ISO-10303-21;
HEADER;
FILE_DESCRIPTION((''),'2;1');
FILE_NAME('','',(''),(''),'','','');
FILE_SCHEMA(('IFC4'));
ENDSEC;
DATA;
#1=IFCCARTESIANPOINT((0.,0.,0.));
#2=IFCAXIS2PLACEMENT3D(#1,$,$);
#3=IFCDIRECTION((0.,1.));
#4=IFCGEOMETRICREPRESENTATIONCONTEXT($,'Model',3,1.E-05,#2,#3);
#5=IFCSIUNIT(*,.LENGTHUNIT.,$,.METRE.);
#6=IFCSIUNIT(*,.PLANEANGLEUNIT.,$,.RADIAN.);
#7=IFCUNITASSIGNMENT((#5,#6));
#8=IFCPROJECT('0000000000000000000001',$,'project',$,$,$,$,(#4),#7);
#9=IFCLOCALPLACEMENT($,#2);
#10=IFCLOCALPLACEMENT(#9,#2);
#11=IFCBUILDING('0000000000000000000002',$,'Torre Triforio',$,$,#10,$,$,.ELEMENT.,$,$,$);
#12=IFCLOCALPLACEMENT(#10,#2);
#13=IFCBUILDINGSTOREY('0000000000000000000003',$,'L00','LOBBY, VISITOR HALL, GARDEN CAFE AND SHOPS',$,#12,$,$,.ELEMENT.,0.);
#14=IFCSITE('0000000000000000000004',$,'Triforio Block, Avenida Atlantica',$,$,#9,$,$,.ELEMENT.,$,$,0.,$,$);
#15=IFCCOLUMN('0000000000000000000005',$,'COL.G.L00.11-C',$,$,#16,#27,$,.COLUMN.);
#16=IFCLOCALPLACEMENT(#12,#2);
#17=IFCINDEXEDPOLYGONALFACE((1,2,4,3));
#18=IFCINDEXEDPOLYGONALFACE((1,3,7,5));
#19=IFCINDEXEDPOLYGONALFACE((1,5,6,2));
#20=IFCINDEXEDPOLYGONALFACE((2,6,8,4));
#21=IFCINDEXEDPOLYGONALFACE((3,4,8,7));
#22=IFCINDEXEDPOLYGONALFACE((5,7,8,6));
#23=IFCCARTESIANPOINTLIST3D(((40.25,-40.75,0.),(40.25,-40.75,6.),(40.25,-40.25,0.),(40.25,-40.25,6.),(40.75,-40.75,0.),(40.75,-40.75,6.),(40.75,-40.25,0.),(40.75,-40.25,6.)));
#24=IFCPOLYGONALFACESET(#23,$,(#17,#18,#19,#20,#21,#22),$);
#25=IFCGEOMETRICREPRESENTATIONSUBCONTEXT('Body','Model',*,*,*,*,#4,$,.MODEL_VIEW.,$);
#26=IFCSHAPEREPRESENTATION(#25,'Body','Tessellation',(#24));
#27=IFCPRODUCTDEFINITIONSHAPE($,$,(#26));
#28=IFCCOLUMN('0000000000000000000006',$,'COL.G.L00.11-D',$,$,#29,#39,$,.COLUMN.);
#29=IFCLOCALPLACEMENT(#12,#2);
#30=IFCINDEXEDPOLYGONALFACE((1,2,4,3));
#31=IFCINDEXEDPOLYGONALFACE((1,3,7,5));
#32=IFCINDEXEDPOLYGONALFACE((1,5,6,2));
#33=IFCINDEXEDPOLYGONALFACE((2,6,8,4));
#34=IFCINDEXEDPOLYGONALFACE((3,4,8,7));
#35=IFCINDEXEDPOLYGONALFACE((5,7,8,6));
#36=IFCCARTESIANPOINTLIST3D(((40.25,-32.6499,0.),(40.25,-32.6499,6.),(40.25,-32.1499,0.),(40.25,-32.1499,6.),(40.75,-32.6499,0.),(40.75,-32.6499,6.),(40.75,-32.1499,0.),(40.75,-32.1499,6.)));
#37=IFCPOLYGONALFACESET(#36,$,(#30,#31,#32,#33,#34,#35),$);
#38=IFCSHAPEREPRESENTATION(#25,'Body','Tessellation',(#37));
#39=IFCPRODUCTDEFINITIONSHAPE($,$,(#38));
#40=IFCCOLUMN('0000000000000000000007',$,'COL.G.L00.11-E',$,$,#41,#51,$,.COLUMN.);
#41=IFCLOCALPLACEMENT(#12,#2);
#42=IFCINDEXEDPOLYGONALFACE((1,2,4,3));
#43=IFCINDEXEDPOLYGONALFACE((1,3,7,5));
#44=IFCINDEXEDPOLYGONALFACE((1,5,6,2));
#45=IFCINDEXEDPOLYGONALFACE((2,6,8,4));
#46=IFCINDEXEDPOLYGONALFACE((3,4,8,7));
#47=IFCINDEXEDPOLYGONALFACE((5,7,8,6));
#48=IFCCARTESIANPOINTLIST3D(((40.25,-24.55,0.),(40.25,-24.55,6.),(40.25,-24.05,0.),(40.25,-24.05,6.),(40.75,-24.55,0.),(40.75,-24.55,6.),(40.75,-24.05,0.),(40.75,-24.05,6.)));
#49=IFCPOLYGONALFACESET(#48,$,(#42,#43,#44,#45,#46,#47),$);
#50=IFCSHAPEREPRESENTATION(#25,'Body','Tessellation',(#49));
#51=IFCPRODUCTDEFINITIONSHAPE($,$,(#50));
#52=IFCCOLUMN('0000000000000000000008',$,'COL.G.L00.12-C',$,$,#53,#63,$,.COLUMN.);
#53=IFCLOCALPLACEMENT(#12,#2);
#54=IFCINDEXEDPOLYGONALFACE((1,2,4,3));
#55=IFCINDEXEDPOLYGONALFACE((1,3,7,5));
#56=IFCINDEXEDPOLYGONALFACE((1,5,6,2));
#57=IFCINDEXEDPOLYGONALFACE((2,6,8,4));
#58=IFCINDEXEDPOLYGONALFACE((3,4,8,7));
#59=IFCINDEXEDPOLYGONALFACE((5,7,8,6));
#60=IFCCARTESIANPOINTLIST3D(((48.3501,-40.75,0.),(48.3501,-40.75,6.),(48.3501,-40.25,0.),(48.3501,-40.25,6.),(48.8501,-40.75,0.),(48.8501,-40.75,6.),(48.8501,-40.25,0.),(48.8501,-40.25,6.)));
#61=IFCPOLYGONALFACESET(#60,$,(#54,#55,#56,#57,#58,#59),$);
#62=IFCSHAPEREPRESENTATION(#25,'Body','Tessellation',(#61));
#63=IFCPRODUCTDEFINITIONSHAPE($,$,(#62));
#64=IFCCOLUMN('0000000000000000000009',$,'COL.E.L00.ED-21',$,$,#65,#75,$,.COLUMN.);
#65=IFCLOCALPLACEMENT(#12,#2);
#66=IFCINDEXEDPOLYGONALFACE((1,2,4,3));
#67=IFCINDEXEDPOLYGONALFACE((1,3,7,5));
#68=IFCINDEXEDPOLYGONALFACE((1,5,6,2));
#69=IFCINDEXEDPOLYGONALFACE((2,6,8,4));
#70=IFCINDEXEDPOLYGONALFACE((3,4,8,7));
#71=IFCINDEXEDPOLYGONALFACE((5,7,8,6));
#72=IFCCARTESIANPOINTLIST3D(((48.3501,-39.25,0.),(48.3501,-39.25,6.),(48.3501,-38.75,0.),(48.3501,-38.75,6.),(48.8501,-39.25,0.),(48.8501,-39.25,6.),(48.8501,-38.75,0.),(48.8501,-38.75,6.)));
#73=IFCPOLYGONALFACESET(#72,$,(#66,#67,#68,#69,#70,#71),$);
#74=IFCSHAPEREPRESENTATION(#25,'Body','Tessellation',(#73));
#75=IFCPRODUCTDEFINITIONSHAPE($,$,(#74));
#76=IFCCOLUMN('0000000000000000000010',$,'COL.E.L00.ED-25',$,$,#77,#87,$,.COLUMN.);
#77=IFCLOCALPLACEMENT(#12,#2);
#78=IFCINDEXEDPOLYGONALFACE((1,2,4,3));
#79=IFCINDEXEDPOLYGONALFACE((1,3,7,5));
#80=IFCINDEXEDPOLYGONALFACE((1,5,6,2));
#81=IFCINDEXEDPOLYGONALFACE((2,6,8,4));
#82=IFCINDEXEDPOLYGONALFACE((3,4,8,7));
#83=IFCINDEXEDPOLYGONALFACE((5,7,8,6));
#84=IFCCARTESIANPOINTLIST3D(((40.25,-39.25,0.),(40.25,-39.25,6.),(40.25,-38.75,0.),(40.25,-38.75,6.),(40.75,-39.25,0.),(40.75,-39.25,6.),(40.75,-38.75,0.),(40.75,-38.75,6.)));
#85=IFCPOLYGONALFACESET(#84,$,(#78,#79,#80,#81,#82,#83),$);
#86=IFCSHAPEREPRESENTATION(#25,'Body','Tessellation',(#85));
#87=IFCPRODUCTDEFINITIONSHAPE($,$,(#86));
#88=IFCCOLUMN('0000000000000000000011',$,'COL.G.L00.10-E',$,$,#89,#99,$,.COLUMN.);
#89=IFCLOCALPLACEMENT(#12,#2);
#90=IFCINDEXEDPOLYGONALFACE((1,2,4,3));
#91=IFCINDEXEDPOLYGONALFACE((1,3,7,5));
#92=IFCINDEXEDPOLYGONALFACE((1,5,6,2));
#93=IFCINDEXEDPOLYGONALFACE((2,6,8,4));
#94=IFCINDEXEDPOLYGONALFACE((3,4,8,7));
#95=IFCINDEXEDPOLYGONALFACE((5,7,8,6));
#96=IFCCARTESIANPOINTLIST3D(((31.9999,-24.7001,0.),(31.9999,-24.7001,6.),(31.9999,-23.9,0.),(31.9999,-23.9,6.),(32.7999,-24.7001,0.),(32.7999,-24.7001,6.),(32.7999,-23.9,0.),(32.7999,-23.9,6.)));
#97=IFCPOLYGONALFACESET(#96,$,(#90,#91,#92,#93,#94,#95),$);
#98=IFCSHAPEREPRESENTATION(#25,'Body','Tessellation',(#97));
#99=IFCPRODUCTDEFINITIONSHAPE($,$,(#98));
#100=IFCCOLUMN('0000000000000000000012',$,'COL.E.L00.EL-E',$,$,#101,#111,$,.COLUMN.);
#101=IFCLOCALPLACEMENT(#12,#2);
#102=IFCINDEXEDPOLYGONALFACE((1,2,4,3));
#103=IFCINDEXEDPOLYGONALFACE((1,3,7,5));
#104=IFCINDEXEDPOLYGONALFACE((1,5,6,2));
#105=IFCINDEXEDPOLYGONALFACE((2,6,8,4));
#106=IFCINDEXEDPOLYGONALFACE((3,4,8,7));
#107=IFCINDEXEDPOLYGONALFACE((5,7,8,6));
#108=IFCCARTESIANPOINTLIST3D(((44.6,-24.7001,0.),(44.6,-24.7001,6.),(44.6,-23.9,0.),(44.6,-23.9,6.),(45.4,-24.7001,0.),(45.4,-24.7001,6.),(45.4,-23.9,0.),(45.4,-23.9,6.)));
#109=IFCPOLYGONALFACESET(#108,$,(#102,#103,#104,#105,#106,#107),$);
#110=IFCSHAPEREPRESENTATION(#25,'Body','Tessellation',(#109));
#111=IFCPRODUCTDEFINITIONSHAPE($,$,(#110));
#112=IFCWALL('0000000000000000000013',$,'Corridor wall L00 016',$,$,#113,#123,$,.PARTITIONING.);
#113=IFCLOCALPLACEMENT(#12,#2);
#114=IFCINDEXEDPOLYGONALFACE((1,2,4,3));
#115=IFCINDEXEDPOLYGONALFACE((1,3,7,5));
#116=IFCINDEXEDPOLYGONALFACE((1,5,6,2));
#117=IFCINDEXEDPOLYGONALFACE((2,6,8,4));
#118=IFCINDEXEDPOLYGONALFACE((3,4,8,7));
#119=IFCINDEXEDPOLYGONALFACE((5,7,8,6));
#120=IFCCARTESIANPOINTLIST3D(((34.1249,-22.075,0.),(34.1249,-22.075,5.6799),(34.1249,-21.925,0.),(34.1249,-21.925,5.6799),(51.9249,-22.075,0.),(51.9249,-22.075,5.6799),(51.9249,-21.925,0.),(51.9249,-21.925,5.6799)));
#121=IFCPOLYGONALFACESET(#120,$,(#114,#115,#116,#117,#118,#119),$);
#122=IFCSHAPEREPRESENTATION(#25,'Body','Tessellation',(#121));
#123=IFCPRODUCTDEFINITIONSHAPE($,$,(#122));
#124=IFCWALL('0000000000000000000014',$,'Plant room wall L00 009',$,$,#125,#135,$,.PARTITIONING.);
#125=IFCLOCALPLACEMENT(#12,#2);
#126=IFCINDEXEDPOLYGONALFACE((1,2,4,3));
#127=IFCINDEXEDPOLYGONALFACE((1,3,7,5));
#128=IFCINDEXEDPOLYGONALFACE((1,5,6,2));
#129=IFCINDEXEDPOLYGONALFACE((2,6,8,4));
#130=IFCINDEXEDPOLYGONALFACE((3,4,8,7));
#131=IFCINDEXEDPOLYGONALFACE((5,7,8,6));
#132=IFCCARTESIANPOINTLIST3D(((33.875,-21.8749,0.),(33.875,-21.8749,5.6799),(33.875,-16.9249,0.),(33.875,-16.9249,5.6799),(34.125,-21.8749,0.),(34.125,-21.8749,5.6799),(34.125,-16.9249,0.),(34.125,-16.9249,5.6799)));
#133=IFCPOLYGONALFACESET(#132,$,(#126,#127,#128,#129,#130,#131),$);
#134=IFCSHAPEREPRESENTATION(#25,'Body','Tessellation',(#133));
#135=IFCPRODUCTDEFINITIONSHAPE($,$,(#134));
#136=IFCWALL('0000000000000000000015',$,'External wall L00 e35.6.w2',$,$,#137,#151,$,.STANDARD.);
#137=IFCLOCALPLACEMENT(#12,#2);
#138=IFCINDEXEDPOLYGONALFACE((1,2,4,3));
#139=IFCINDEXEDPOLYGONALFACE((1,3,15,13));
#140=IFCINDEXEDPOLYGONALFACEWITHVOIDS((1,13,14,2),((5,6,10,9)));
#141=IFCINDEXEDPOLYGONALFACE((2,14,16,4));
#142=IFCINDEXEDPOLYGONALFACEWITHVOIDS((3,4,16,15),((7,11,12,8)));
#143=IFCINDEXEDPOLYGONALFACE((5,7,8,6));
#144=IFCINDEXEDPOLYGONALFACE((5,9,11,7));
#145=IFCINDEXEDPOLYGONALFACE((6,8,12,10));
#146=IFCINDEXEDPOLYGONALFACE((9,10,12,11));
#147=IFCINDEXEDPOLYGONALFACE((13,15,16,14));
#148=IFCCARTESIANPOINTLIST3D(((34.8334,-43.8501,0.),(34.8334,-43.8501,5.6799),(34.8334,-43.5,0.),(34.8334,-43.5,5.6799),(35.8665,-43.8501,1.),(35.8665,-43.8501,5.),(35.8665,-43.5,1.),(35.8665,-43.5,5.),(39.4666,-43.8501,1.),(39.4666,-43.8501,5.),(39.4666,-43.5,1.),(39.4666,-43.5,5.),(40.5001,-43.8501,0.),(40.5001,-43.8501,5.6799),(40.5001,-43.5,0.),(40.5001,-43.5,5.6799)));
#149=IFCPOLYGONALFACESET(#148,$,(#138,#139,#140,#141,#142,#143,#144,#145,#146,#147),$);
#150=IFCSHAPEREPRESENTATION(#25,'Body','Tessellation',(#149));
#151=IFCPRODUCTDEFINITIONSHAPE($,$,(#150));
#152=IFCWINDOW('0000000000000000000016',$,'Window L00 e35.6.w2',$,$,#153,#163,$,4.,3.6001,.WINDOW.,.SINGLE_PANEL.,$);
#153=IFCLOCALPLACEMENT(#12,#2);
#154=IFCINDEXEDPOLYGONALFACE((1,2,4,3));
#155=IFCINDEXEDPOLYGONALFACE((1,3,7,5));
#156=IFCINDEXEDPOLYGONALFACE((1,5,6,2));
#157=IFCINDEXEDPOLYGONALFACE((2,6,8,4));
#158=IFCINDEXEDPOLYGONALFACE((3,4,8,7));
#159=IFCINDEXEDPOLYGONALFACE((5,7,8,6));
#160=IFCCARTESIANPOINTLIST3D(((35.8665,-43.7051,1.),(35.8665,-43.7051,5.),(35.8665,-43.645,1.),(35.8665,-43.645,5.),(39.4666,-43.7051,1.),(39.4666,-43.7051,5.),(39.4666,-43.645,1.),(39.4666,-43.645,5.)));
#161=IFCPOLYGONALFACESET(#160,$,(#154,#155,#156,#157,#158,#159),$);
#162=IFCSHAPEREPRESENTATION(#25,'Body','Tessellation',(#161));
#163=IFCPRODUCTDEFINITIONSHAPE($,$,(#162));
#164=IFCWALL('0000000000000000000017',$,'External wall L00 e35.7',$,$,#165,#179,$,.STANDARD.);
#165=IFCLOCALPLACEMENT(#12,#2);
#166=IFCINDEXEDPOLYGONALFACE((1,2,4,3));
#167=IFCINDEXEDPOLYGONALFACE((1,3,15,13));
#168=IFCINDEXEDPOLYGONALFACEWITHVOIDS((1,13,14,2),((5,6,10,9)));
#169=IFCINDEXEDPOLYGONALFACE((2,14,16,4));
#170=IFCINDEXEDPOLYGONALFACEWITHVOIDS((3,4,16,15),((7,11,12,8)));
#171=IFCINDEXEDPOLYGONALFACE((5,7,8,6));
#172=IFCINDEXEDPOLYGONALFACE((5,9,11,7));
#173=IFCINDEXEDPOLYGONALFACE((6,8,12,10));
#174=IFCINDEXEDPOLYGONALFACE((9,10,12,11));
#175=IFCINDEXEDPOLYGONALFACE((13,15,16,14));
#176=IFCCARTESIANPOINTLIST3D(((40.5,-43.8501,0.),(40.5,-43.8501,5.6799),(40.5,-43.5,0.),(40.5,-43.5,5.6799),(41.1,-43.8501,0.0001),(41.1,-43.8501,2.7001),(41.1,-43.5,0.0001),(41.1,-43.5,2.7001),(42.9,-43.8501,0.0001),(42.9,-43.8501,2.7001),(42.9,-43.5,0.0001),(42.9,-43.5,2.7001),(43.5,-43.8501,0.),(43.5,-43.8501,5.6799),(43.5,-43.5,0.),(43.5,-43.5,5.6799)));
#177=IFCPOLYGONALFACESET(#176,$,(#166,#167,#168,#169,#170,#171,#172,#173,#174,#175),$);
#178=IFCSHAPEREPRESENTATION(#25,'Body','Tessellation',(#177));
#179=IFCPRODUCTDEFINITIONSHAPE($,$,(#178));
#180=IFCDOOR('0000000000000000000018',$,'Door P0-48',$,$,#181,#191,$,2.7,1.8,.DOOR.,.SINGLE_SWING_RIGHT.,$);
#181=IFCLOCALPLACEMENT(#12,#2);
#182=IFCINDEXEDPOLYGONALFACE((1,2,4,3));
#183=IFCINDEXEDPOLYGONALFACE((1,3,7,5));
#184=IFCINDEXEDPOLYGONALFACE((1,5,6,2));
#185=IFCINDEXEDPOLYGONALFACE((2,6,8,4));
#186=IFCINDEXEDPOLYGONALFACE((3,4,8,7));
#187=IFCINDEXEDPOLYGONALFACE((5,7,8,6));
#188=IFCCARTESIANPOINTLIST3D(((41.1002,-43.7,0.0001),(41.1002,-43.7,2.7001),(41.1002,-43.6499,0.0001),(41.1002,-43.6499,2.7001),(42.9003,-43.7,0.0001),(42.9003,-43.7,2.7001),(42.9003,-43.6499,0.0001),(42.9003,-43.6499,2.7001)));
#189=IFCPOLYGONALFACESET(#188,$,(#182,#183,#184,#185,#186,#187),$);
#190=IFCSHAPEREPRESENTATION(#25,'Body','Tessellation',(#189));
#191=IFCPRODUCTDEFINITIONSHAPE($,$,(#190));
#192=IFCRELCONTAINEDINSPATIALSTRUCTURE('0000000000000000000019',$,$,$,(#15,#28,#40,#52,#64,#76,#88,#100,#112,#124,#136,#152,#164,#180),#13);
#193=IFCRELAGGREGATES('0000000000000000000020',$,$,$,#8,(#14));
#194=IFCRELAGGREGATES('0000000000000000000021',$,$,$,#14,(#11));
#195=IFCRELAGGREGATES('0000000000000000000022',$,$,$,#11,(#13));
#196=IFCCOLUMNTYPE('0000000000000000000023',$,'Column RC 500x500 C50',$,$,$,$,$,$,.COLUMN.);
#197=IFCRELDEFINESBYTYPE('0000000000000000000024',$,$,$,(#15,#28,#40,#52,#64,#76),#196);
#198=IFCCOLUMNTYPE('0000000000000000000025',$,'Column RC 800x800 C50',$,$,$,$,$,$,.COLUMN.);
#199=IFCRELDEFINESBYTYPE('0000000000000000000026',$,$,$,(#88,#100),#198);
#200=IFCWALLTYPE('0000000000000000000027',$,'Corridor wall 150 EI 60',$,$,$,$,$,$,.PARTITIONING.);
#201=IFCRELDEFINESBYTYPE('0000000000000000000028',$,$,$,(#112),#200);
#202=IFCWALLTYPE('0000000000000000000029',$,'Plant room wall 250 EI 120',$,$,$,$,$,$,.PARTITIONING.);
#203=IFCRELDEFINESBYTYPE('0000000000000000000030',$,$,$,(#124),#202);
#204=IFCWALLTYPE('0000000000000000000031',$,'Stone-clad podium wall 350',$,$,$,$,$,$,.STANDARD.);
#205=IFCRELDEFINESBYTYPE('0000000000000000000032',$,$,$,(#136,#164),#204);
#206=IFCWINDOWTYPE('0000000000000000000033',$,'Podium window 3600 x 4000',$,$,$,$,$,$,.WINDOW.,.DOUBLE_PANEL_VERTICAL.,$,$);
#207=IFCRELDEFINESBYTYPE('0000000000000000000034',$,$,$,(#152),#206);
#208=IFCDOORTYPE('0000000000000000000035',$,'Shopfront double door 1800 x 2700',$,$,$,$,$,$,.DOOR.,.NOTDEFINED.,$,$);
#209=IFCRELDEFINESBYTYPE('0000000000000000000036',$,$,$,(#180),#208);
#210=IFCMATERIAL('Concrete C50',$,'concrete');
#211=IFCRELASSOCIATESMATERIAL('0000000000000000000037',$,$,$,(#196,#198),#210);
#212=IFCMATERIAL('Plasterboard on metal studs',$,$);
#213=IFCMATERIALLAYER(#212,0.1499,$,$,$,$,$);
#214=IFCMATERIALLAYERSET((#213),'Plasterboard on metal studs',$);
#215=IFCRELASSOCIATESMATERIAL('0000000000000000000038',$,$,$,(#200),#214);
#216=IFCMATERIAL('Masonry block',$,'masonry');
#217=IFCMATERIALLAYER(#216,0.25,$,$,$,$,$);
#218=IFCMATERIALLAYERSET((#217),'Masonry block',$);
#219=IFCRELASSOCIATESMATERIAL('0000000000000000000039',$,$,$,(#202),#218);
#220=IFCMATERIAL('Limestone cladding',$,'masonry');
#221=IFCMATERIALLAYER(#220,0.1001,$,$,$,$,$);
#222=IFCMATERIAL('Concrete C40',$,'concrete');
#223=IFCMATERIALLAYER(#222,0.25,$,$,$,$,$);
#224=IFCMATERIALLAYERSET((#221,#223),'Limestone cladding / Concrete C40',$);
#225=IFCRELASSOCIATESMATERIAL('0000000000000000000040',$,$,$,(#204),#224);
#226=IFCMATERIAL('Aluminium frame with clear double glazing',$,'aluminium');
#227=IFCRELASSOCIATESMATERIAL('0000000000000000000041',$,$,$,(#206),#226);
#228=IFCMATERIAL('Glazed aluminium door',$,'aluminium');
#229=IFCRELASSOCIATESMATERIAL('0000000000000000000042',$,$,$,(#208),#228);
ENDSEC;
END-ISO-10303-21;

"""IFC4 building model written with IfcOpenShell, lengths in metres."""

from ifc_helpers import new_model, si_unit, direction, frame, frame_2d, origin, origin_2d, place, context, subcontext, project, spatial, rectangle, extrude, material, layer, layer_set, material_profile, profile_set, type_object, element, fill, save


model = new_model("IFC4")

# Units and contexts
model_context = context("Model", 3, precision=1e-05, world=origin(), true_north=direction((0.0, 1.0)))
body_context = subcontext(model_context, "Body", "Model", "MODEL_VIEW")
ifc_project = project(units=[si_unit("LENGTHUNIT", "METRE"), si_unit("PLANEANGLEUNIT", "RADIAN")], contexts=[model_context])

# Site, building, storey
site_placement = place(None, origin())
site = spatial("IfcSite", under=ifc_project, at=site_placement, Name="Triforio Block, Avenida Atlantica", CompositionType="ELEMENT", RefElevation=0.0)
building_placement = place(site_placement, origin())
building = spatial("IfcBuilding", under=site, at=building_placement, Name="Torre Triforio", CompositionType="ELEMENT")
storey_placement = place(building_placement, origin())
storey = spatial("IfcBuildingStorey", under=building, at=storey_placement, Name="L00", Description="LOBBY, VISITOR HALL, GARDEN CAFE AND SHOPS", CompositionType="ELEMENT", Elevation=0.0)

# Columns
ifc_material_1 = material(Name="Concrete C50", Category="concrete")
ifc_material_profile_1 = material_profile(ifc_material_1, rectangle(XDim=0.5, YDim=0.5, at=origin_2d()), Name="RC 500x500")
ifc_profile_set_1 = profile_set([ifc_material_profile_1], Name="Concrete C50")
column_type_1 = type_object("IfcColumnType", Name="Column RC 500x500 C50", PredefinedType="COLUMN", material=ifc_profile_set_1)
for number, where, z_axis, x_axis, name in (
    (1, (40.5, -40.5, 0.0), (0.0, 0.0, 1.0), (1.0, 0.0, 0.0), "COL.G.L00.11-C"),
    (2, (40.5, -32.3999, 0.0), (0.0, 0.0, 1.0), (1.0, 0.0, 0.0), "COL.G.L00.11-D"),
    (3, (40.5, -24.3, 0.0), (0.0, 0.0, 1.0), (1.0, 0.0, 0.0), "COL.G.L00.11-E"),
    (4, (48.6001, -40.5, 0.0), (0.0, 0.0, 1.0), (1.0, 0.0, 0.0), "COL.G.L00.12-C"),
    (5, (48.6001, -39.0, 0.0), (0.0, 0.0, 1.0), (1.0, 0.0, 0.0), "COL.E.L00.ED-21"),
    (6, (40.5, -39.0, 0.0), (0.0, 0.0, 1.0), (1.0, 0.0, 0.0), "COL.E.L00.ED-25"),
):
    element("IfcColumn", number, at=place(storey_placement, frame(where, z_axis=z_axis, x_axis=x_axis)), inside=storey, type_object=column_type_1, Name=name, PredefinedType="COLUMN", context=body_context, shape_type="SweptSolid", body=[
        extrude(rectangle(XDim=0.5, YDim=0.5, at=origin_2d()), origin(), (0.0, 0.0, 1.0), 6.0),
    ])
ifc_material_profile_2 = material_profile(ifc_material_1, rectangle(XDim=0.8, YDim=0.8, at=origin_2d()), Name="RC 800x800")
ifc_profile_set_2 = profile_set([ifc_material_profile_2], Name="Concrete C50")
column_type_2 = type_object("IfcColumnType", Name="Column RC 800x800 C50", PredefinedType="COLUMN", material=ifc_profile_set_2)
for number, where, z_axis, x_axis, name in (
    (7, (32.3999, -24.3, 0.0), (0.0, 0.0, 1.0), (1.0, 0.0, 0.0), "COL.G.L00.10-E"),
    (8, (45.0, -24.3, 0.0), (0.0, 0.0, 1.0), (1.0, 0.0, 0.0), "COL.E.L00.EL-E"),
):
    element("IfcColumn", number, at=place(storey_placement, frame(where, z_axis=z_axis, x_axis=x_axis)), inside=storey, type_object=column_type_2, Name=name, PredefinedType="COLUMN", context=body_context, shape_type="SweptSolid", body=[
        extrude(rectangle(XDim=0.8, YDim=0.8, at=origin_2d()), origin(), (0.0, 0.0, 1.0), 6.0),
    ])

# Walls
ifc_material_2 = material(Name="Plasterboard on metal studs")
ifc_layer_1 = layer(ifc_material_2, 0.1499)
ifc_layer_set_1 = layer_set([ifc_layer_1], Name="Plasterboard on metal studs")
wall_type_1 = type_object("IfcWallType", Name="Corridor wall 150 EI 60", PredefinedType="PARTITIONING", material=ifc_layer_set_1)
wall_1_placement = place(storey_placement, frame((34.125, -22.0, 0.0), z_axis=(0.0, 0.0, 1.0), x_axis=(1.0, 0.0, 0.0)))
element("IfcWall", 9, at=wall_1_placement, inside=storey, type_object=wall_type_1, Name="Corridor wall L00 016", PredefinedType="PARTITIONING", context=body_context, shape_type="SweptSolid", body=[
    extrude(rectangle(XDim=17.8, YDim=0.1499, at=frame_2d((8.8999, 0.0))), origin(), (0.0, 0.0, 1.0), 5.6799),
])
ifc_material_3 = material(Name="Masonry block", Category="masonry")
ifc_layer_2 = layer(ifc_material_3, 0.25)
ifc_layer_set_2 = layer_set([ifc_layer_2], Name="Masonry block")
wall_type_2 = type_object("IfcWallType", Name="Plant room wall 250 EI 120", PredefinedType="PARTITIONING", material=ifc_layer_set_2)
wall_2_placement = place(storey_placement, frame((34.0, -21.875, 0.0), z_axis=(0.0, 0.0, 1.0), x_axis=(0.0, 1.0, 0.0)))
element("IfcWall", 10, at=wall_2_placement, inside=storey, type_object=wall_type_2, Name="Plant room wall L00 009", PredefinedType="PARTITIONING", context=body_context, shape_type="SweptSolid", body=[
    extrude(rectangle(XDim=4.95, YDim=0.25, at=frame_2d((2.4751, 0.0))), origin(), (0.0, 0.0, 1.0), 5.6799),
])

# Wall, opening, window
ifc_material_4 = material(Name="Limestone cladding", Category="masonry")
ifc_layer_3 = layer(ifc_material_4, 0.1001)
ifc_material_5 = material(Name="Concrete C40", Category="concrete")
ifc_layer_4 = layer(ifc_material_5, 0.25)
ifc_layer_set_3 = layer_set([ifc_layer_3, ifc_layer_4], Name="Limestone cladding / Concrete C40")
wall_type_3 = type_object("IfcWallType", Name="Stone-clad podium wall 350", PredefinedType="STANDARD", material=ifc_layer_set_3)
wall_3_placement = place(storey_placement, frame((34.8333, -43.675, 0.0), z_axis=(0.0, 0.0, 1.0), x_axis=(1.0, 0.0, 0.0)))
wall_3 = element("IfcWall", 11, at=wall_3_placement, inside=storey, type_object=wall_type_3, Name="External wall L00 e35.6.w2", PredefinedType="STANDARD", context=body_context, shape_type="SweptSolid", body=[
    extrude(rectangle(XDim=5.6667, YDim=0.3501, at=frame_2d((2.8335, 0.0))), origin(), (0.0, 0.0, 1.0), 5.6799),
])
opening_1_placement = place(wall_3_placement, frame((1.0332, 0.0, 1.0)))
opening_1 = element("IfcOpeningElement", 12, at=opening_1_placement, cuts=wall_3, PredefinedType="OPENING", context=body_context, shape_type="SweptSolid", body=[
    extrude(rectangle(XDim=3.6001, YDim=4.0, at=frame_2d((1.8, 2.0))), frame((0.0, 0.1851, 0.0), z_axis=(0.0, -1.0, 0.0), x_axis=(1.0, 0.0, 0.0)), (0.0, 0.0, 1.0), 0.3701),
])
ifc_material_6 = material(Name="Aluminium frame with clear double glazing", Category="aluminium")
window_type_1 = type_object("IfcWindowType", Name="Podium window 3600 x 4000", PartitioningType="DOUBLE_PANEL_VERTICAL", PredefinedType="WINDOW", material=ifc_material_6)
window_1_placement = place(opening_1_placement, origin())
window_1 = element("IfcWindow", 13, at=window_1_placement, inside=storey, type_object=window_type_1, Name="Window L00 e35.6.w2", OverallHeight=4.0, OverallWidth=3.6001, PartitioningType="SINGLE_PANEL", PredefinedType="WINDOW", context=body_context, shape_type="SweptSolid", body=[
    extrude(rectangle(XDim=3.6001, YDim=4.0, at=frame_2d((1.8, 2.0))), frame((0.0, 0.03, 0.0), z_axis=(0.0, -1.0, 0.0), x_axis=(1.0, 0.0, 0.0)), (0.0, 0.0, 1.0), 0.0601),
])
fill(opening_1, window_1)

# Wall, opening, door
wall_4_placement = place(storey_placement, frame((40.5, -43.675, 0.0), z_axis=(0.0, 0.0, 1.0), x_axis=(1.0, 0.0, 0.0)))
wall_4 = element("IfcWall", 14, at=wall_4_placement, inside=storey, type_object=wall_type_3, Name="External wall L00 e35.7", PredefinedType="STANDARD", context=body_context, shape_type="SweptSolid", body=[
    extrude(rectangle(XDim=3.0, YDim=0.3501, at=frame_2d((1.5, 0.0))), origin(), (0.0, 0.0, 1.0), 5.6799),
])
opening_2_placement = place(wall_4_placement, frame((0.6001, 0.0, 0.0)))
opening_2 = element("IfcOpeningElement", 15, at=opening_2_placement, cuts=wall_4, PredefinedType="OPENING", context=body_context, shape_type="SweptSolid", body=[
    extrude(rectangle(XDim=1.8, YDim=2.7, at=frame_2d((0.8999, 1.3501))), frame((0.0, 0.1851, 0.0), z_axis=(0.0, -1.0, 0.0), x_axis=(1.0, 0.0, 0.0)), (0.0, 0.0, 1.0), 0.3701),
])
ifc_material_7 = material(Name="Glazed aluminium door", Category="aluminium")
door_type = type_object("IfcDoorType", Name="Shopfront double door 1800 x 2700", OperationType="NOTDEFINED", PredefinedType="DOOR", material=ifc_material_7)
door_placement = place(opening_2_placement, frame((1.8, 0.0, 0.0), z_axis=(0.0, 0.0, 1.0), x_axis=(-1.0, 0.0, 0.0)))
door = element("IfcDoor", 16, at=door_placement, inside=storey, type_object=door_type, Name="Door P0-48", OperationType="SINGLE_SWING_RIGHT", OverallHeight=2.7, OverallWidth=1.8, PredefinedType="DOOR", context=body_context, shape_type="SweptSolid", body=[
    extrude(rectangle(XDim=1.8, YDim=2.7, at=frame_2d((0.8999, 1.3501))), frame((0.0, 0.0249, 0.0), z_axis=(0.0, -1.0, 0.0), x_axis=(1.0, 0.0, 0.0)), (0.0, 0.0, 1.0), 0.05),
])
fill(opening_2, door)

save(model, "model.ifc")
